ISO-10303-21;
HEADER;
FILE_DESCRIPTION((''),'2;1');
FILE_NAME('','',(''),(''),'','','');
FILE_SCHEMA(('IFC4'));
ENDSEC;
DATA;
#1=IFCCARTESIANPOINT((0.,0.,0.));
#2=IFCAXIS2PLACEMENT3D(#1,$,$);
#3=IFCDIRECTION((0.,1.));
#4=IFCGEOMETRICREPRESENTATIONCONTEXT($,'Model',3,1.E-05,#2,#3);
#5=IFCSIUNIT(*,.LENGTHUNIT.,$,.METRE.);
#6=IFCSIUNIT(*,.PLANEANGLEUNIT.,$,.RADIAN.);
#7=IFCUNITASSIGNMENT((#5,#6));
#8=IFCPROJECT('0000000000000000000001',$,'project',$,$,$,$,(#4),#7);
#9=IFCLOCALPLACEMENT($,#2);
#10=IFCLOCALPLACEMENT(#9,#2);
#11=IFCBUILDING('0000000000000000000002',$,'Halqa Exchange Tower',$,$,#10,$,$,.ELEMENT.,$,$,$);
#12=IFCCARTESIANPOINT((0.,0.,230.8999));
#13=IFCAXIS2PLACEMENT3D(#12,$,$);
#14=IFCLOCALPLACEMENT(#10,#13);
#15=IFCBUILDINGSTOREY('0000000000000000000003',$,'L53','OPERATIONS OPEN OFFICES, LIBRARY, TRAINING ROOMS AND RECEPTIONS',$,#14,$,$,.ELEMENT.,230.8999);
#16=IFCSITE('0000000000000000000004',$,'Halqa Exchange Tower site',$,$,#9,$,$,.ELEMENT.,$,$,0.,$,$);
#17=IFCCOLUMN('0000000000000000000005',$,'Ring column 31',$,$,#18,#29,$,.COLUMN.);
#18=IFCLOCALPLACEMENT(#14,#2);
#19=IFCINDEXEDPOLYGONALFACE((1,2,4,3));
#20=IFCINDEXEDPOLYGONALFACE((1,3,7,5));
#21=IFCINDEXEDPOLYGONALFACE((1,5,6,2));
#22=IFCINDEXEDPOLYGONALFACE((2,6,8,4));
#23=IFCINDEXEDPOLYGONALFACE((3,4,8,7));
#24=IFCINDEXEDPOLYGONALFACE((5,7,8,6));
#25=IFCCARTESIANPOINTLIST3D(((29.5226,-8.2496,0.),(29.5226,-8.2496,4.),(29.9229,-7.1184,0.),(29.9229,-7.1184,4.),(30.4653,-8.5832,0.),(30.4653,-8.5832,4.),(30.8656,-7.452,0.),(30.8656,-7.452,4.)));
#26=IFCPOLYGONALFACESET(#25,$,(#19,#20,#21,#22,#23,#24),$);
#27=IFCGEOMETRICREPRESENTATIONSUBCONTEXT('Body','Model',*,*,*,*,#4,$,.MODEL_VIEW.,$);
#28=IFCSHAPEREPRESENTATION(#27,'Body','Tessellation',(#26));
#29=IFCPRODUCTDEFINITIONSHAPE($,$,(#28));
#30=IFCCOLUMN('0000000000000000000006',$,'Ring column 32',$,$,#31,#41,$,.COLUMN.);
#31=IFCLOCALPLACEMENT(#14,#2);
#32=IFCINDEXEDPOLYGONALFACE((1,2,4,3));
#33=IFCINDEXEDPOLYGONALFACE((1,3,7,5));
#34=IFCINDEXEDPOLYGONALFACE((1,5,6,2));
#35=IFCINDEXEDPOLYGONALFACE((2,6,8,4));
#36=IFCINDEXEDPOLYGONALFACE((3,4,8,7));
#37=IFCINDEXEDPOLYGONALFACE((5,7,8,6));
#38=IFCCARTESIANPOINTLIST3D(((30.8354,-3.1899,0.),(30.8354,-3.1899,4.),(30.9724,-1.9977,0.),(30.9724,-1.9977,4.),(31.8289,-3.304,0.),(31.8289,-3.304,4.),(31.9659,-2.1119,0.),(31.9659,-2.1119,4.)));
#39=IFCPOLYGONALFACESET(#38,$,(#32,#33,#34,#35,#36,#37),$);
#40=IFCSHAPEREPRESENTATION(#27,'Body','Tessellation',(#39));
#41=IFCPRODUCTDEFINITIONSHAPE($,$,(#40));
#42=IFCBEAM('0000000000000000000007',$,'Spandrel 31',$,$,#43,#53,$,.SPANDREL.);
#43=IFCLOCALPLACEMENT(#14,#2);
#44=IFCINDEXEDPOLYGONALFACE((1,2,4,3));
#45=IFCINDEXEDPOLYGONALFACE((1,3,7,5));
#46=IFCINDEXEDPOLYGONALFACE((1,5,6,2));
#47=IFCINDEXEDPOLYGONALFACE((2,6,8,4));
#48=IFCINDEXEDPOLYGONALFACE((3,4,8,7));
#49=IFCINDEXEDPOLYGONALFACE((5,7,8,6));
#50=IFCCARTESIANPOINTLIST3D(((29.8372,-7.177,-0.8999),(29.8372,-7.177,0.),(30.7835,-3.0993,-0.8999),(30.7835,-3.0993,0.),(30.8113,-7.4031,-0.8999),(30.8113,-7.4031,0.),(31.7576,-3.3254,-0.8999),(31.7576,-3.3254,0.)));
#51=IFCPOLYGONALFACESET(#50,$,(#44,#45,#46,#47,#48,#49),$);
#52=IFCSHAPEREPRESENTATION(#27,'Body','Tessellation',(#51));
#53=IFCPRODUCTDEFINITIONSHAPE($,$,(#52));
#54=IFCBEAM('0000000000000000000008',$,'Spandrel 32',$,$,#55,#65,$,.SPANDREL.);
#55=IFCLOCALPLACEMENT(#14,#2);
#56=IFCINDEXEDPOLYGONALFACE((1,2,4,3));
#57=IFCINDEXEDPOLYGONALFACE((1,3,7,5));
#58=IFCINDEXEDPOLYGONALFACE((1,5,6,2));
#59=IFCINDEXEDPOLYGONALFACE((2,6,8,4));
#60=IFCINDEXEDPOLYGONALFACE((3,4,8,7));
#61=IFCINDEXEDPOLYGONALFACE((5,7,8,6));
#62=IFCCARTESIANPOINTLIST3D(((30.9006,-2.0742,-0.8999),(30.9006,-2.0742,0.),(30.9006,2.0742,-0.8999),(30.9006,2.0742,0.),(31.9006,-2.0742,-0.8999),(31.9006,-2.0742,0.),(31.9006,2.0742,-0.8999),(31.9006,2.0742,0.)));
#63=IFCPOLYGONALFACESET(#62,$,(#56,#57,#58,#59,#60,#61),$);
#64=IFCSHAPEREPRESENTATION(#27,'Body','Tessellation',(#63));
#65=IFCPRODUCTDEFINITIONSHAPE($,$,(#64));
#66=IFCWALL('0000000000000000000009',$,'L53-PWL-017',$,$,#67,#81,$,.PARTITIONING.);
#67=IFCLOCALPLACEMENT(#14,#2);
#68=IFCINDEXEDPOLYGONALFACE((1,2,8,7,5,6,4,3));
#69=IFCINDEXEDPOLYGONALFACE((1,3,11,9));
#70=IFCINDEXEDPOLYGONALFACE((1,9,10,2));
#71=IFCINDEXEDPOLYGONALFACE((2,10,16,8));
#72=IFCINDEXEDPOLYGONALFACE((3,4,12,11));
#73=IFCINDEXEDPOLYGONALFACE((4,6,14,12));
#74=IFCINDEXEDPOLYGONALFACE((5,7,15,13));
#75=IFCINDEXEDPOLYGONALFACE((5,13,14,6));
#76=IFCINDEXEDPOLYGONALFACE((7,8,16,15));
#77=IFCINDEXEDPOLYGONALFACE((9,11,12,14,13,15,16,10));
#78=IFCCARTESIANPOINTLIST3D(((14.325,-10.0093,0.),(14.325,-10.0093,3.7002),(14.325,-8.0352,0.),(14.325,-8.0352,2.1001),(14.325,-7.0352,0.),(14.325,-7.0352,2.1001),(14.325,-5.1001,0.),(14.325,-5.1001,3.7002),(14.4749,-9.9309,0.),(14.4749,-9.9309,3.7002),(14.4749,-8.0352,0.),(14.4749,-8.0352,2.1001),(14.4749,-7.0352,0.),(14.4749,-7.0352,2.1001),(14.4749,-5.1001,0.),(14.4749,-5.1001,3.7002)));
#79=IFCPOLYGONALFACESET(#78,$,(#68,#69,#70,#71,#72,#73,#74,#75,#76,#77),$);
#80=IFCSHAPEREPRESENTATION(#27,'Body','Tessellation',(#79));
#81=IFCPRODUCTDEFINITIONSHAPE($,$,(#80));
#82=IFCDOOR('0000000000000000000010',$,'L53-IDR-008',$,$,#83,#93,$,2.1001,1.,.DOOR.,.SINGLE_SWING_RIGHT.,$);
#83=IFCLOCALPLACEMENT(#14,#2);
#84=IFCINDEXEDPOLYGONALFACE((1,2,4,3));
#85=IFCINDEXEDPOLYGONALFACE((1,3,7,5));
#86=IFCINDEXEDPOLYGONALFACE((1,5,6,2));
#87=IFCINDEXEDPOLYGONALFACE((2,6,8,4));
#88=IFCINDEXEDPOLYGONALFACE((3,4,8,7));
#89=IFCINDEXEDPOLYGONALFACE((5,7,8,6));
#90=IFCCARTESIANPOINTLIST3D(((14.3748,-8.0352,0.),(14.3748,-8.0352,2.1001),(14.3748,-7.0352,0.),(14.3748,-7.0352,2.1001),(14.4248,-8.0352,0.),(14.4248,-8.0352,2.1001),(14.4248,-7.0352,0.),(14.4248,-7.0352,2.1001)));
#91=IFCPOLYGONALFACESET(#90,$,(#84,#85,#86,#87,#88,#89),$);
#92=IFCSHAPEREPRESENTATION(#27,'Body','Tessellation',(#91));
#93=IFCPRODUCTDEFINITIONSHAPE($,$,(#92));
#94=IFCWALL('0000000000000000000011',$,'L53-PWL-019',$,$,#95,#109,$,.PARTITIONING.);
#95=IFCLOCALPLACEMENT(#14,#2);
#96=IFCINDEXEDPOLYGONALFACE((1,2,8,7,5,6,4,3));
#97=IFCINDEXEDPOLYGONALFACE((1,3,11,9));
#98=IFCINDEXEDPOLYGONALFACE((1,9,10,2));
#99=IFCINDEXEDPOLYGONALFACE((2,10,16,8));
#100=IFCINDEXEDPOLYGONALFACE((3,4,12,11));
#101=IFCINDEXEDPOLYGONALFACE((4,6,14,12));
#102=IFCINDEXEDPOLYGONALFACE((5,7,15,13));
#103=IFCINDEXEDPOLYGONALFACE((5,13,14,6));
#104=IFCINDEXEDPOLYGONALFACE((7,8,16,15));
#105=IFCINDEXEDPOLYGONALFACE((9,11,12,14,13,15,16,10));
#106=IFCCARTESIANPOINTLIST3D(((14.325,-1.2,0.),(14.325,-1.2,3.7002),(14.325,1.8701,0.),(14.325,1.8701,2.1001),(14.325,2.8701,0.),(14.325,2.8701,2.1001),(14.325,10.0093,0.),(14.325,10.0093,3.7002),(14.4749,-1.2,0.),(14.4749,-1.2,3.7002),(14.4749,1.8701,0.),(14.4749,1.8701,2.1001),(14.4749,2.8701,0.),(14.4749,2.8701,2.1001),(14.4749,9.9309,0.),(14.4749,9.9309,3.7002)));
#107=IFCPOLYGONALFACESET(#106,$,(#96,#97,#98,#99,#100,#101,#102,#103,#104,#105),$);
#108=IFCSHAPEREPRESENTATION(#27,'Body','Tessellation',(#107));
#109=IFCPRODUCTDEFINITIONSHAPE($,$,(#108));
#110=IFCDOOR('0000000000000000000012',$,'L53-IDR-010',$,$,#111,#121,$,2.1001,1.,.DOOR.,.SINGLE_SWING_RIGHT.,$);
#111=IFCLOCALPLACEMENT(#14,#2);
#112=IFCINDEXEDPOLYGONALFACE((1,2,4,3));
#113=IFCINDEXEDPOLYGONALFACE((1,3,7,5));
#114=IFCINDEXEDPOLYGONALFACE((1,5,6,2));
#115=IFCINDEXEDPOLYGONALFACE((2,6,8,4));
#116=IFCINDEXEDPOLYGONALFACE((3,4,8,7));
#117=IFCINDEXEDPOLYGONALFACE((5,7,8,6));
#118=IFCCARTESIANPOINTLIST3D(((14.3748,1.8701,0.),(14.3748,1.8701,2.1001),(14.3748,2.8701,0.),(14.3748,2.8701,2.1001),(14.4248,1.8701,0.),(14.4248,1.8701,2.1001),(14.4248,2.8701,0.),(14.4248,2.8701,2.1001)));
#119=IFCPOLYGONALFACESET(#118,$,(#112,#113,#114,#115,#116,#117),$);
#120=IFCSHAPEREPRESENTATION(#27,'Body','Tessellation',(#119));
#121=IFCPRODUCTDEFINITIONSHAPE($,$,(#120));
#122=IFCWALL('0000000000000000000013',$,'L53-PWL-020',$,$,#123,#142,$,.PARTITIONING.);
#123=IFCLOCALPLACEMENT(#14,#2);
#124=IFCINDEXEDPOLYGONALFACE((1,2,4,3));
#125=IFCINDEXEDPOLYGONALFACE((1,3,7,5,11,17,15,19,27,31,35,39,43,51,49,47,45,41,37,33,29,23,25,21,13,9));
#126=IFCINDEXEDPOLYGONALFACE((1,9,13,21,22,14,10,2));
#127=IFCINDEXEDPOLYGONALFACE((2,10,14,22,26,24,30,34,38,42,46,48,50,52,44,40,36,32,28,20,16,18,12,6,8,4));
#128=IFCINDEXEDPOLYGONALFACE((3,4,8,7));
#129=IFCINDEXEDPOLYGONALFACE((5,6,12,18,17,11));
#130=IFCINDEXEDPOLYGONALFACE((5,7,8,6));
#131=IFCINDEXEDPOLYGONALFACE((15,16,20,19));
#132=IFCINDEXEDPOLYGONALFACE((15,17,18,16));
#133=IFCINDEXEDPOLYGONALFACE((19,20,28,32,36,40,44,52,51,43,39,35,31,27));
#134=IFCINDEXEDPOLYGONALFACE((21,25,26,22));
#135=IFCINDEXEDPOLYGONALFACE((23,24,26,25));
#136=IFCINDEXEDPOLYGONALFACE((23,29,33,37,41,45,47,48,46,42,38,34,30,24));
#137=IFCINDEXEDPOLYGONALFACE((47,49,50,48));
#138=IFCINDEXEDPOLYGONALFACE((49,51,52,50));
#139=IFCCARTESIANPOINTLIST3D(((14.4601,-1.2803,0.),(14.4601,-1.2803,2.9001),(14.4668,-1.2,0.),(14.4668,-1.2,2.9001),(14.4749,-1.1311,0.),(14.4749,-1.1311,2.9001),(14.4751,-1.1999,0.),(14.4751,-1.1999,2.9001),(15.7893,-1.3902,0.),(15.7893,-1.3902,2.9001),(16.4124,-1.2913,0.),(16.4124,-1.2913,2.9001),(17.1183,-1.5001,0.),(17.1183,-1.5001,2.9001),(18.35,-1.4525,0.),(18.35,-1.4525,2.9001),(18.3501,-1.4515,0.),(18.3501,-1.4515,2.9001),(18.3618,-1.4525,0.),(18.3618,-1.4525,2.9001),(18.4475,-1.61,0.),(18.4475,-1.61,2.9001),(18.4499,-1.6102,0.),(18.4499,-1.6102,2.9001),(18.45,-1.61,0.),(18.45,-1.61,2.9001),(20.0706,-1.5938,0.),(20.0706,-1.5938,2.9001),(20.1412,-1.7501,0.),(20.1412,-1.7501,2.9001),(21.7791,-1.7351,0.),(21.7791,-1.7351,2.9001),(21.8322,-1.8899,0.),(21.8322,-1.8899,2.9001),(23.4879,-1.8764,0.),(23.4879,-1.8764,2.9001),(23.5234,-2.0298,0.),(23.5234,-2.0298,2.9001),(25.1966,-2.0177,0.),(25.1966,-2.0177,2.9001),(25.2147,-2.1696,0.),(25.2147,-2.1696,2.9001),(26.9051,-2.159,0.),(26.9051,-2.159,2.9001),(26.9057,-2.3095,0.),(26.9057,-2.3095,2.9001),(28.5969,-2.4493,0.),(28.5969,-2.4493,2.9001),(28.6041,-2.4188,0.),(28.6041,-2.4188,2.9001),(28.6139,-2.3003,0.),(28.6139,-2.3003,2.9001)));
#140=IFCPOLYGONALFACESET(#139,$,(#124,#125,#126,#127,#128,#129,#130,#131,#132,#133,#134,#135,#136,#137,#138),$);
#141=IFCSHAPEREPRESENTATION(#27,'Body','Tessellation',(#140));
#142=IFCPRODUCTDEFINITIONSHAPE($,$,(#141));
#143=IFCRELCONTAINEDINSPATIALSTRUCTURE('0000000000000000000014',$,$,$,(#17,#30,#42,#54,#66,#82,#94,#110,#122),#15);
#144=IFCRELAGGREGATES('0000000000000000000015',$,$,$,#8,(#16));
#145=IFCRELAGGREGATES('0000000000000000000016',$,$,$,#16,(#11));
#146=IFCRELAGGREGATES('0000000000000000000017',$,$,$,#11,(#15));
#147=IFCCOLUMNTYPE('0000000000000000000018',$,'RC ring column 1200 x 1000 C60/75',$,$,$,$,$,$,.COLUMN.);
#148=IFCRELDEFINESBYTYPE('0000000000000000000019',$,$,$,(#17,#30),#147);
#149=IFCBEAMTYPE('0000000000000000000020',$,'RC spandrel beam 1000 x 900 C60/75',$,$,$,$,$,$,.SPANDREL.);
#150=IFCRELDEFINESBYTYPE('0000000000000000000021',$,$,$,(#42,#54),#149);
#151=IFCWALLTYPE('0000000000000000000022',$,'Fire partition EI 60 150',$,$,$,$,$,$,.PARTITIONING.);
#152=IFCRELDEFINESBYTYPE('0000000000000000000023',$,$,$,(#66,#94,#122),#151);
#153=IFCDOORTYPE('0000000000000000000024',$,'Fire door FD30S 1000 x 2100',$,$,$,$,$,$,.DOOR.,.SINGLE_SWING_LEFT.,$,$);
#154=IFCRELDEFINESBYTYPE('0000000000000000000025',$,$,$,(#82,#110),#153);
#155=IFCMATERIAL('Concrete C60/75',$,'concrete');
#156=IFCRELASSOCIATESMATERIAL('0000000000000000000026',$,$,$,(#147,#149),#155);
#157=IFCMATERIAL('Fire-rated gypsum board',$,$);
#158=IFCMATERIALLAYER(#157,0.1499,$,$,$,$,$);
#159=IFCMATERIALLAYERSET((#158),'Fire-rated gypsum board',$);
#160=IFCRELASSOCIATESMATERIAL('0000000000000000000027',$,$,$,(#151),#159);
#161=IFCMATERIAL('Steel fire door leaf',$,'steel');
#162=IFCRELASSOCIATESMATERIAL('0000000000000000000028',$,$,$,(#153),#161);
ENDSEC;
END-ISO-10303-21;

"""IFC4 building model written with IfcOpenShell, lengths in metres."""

from ifc_helpers import new_model, si_unit, direction, frame, frame_2d, origin, origin_2d, place, context, subcontext, project, spatial, polyline, rectangle, outline, extrude, material, layer, layer_set, material_profile, profile_set, type_object, element, fill, save


model = new_model("IFC4")

# Units and contexts
model_context = context("Model", 3, precision=1e-05, world=origin(), true_north=direction((0.0, 1.0)))
body_context = subcontext(model_context, "Body", "Model", "MODEL_VIEW")
ifc_project = project(units=[si_unit("LENGTHUNIT", "METRE"), si_unit("PLANEANGLEUNIT", "RADIAN")], contexts=[model_context])

# Site, building, storey
site_placement = place(None, origin())
site = spatial("IfcSite", under=ifc_project, at=site_placement, Name="Halqa Exchange Tower site", CompositionType="ELEMENT", RefElevation=0.0)
building_placement = place(site_placement, origin())
building = spatial("IfcBuilding", under=site, at=building_placement, Name="Halqa Exchange Tower", CompositionType="ELEMENT")
storey_placement = place(building_placement, frame((0.0, 0.0, 230.8999)))
storey = spatial("IfcBuildingStorey", under=building, at=storey_placement, Name="L53", Description="OPERATIONS OPEN OFFICES, LIBRARY, TRAINING ROOMS AND RECEPTIONS", CompositionType="ELEMENT", Elevation=230.8999)

# Columns
ifc_material_1 = material(Name="Concrete C60/75", Category="concrete")
ifc_material_profile_1 = material_profile(ifc_material_1, rectangle(XDim=1.2, YDim=1.0, at=origin_2d()), Name="1200 x 1000")
ifc_profile_set_1 = profile_set([ifc_material_profile_1], Name="Concrete C60/75")
column_type = type_object("IfcColumnType", Name="RC ring column 1200 x 1000 C60/75", PredefinedType="COLUMN", material=ifc_profile_set_1)
for number, where, z_axis, x_axis, name in (
    (1, (30.1941, -7.8508, 0.0), (0.0, 0.0, 1.0), (0.333631, 0.942704, 0.0), "Ring column 31"),
    (2, (31.4006, -2.6509, 0.0), (0.0, 0.0, 1.0), (0.114153, 0.993463, 0.0), "Ring column 32"),
):
    element("IfcColumn", number, at=place(storey_placement, frame(where, z_axis=z_axis, x_axis=x_axis)), inside=storey, type_object=column_type, Name=name, PredefinedType="COLUMN", context=body_context, shape_type="SweptSolid", body=[
        extrude(rectangle(XDim=1.2, YDim=1.0, at=origin_2d()), origin(), (0.0, 0.0, 1.0), 4.0),
    ])

# Beams
ifc_material_profile_2 = material_profile(ifc_material_1, rectangle(XDim=1.0, YDim=0.8999, at=origin_2d()), Name="1000 x 900")
ifc_profile_set_2 = profile_set([ifc_material_profile_2], Name="Concrete C60/75")
beam_type = type_object("IfcBeamType", Name="RC spandrel beam 1000 x 900 C60/75", PredefinedType="SPANDREL", material=ifc_profile_set_2)
beam_1_placement = place(storey_placement, frame((30.3242, -7.29, -0.45), z_axis=(0.226061, 0.974113, 0.0), x_axis=(-0.974113, 0.226061, 0.0)))
element("IfcBeam", 3, at=beam_1_placement, inside=storey, type_object=beam_type, Name="Spandrel 31", PredefinedType="SPANDREL", context=body_context, shape_type="SweptSolid", body=[
    extrude(rectangle(XDim=1.0, YDim=0.8999, at=origin_2d()), origin(), (0.0, 0.0, 1.0), 4.186),
])
beam_2_placement = place(storey_placement, frame((31.4006, -2.0742, -0.45), z_axis=(0.0, 1.0, 0.0), x_axis=(-1.0, 0.0, 0.0)))
element("IfcBeam", 4, at=beam_2_placement, inside=storey, type_object=beam_type, Name="Spandrel 32", PredefinedType="SPANDREL", context=body_context, shape_type="SweptSolid", body=[
    extrude(rectangle(XDim=1.0, YDim=0.8999, at=origin_2d()), origin(), (0.0, 0.0, 1.0), 4.1484),
])

# Shared definitions
ifc_material_2 = material(Name="Fire-rated gypsum board")
ifc_layer_1 = layer(ifc_material_2, 0.1499)
ifc_layer_set_1 = layer_set([ifc_layer_1], Name="Fire-rated gypsum board")
wall_type_1 = type_object("IfcWallType", Name="Fire partition EI 60 150", PredefinedType="PARTITIONING", material=ifc_layer_set_1)

# Walls, openings, doors
wall_1_placement = place(storey_placement, frame((14.3999, -5.1001, 0.0), z_axis=(0.0, 0.0, 1.0), x_axis=(0.0, -1.0, 0.0)))
wall_1 = element("IfcWall", 5, at=wall_1_placement, inside=storey, type_object=wall_type_1, Name="L53-PWL-017", PredefinedType="PARTITIONING", context=body_context, shape_type="SweptSolid", body=[
    extrude(outline(polyline([(4.9092, -0.075), (4.9092, -0.075), (4.8308, 0.075), (3.2205, 0.075), (1.6104, 0.075), (0.0, 0.075), (0.0, -0.075), (1.6365, -0.075), (3.2727, -0.075), (4.9092, -0.075)])), origin(), (0.0, 0.0, 1.0), 3.7002),
])
opening_1_placement = place(wall_1_placement, frame((1.9351, 0.0, 0.0)))
opening_1 = element("IfcOpeningElement", 6, at=opening_1_placement, cuts=wall_1, PredefinedType="OPENING", context=body_context, shape_type="SweptSolid", body=[
    extrude(rectangle(XDim=1.0, YDim=2.1001, at=frame_2d((0.5, 1.05))), frame((0.0, 0.0869, 0.0), z_axis=(0.0, -1.0, 0.0), x_axis=(1.0, 0.0, 0.0)), (0.0, 0.0, 1.0), 0.1738),
])
ifc_material_3 = material(Name="Steel fire door leaf", Category="steel")
door_type_1 = type_object("IfcDoorType", Name="Fire door FD30S 1000 x 2100", OperationType="SINGLE_SWING_LEFT", PredefinedType="DOOR", material=ifc_material_3)
door_1_placement = place(opening_1_placement, origin())
door_1 = element("IfcDoor", 7, at=door_1_placement, inside=storey, type_object=door_type_1, Name="L53-IDR-008", OperationType="SINGLE_SWING_RIGHT", OverallHeight=2.1001, OverallWidth=1.0, PredefinedType="DOOR", context=body_context, shape_type="SweptSolid", body=[
    extrude(rectangle(XDim=1.0, YDim=2.1001, at=frame_2d((0.5, 1.05))), frame((0.0, 0.0249, 0.0), z_axis=(0.0, -1.0, 0.0), x_axis=(1.0, 0.0, 0.0)), (0.0, 0.0, 1.0), 0.05),
])
fill(opening_1, door_1)
wall_2_placement = place(storey_placement, frame((14.3999, -1.2, 0.0), z_axis=(0.0, 0.0, 1.0), x_axis=(0.0, 1.0, 0.0)))
wall_2 = element("IfcWall", 8, at=wall_2_placement, inside=storey, type_object=wall_type_1, Name="L53-PWL-019", PredefinedType="PARTITIONING", context=body_context, shape_type="SweptSolid", body=[
    extrude(outline(polyline([(0.0, -0.075), (1.8552, -0.075), (3.7102, -0.075), (5.5654, -0.075), (7.4204, -0.075), (9.2756, -0.075), (11.1309, -0.075), (11.2092, 0.075), (11.2092, 0.075), (9.3411, 0.075), (7.4729, 0.075), (5.6045, 0.075), (3.7363, 0.075), (1.8682, 0.075), (0.0, 0.075), (0.0, -0.075)])), origin(), (0.0, 0.0, 1.0), 3.7002),
])
opening_2_placement = place(wall_2_placement, frame((3.0701, 0.0, 0.0)))
opening_2 = element("IfcOpeningElement", 9, at=opening_2_placement, cuts=wall_2, PredefinedType="OPENING", context=body_context, shape_type="SweptSolid", body=[
    extrude(rectangle(XDim=1.0, YDim=2.1001, at=frame_2d((0.5, 1.05))), frame((0.0, 0.0869, 0.0), z_axis=(0.0, -1.0, 0.0), x_axis=(1.0, 0.0, 0.0)), (0.0, 0.0, 1.0), 0.1738),
])
door_2_placement = place(opening_2_placement, frame((1.0, 0.0, 0.0), z_axis=(0.0, 0.0, 1.0), x_axis=(-1.0, 0.0, 0.0)))
door_2 = element("IfcDoor", 10, at=door_2_placement, inside=storey, type_object=door_type_1, Name="L53-IDR-010", OperationType="SINGLE_SWING_RIGHT", OverallHeight=2.1001, OverallWidth=1.0, PredefinedType="DOOR", context=body_context, shape_type="SweptSolid", body=[
    extrude(rectangle(XDim=1.0, YDim=2.1001, at=frame_2d((0.5, 1.05))), frame((0.0, 0.0249, 0.0), z_axis=(0.0, -1.0, 0.0), x_axis=(1.0, 0.0, 0.0)), (0.0, 0.0, 1.0), 0.05),
])
fill(opening_2, door_2)

# Wall
wall_3_placement = place(storey_placement, frame((14.4663, -1.2056, 0.0), z_axis=(0.0, 0.0, 1.0), x_axis=(0.996598, -0.082415, 0.0)))
element("IfcWall", 11, at=wall_3_placement, inside=storey, type_object=wall_type_1, Name="L53-PWL-020", PredefinedType="PARTITIONING", context=body_context, shape_type="SweptSolid", body=[
    extrude(outline(polyline([(0.0, -0.075), (1.3337, -0.075), (2.6672, -0.075), (4.001, -0.075), (4.0034, -0.0747), (4.0034, -0.075), (5.7004, -0.075), (7.3972, -0.075), (9.0942, -0.075), (10.7913, -0.075), (12.488, -0.075), (14.1851, -0.075), (14.1897, -0.0439), (14.1897, 0.075), (12.4751, 0.075), (10.7607, 0.075), (9.0461, 0.075), (7.3315, 0.075), (5.6172, 0.075), (3.9026, 0.075), (3.8909, 0.074), (3.8909, 0.075), (1.9465, 0.075), (0.0024, 0.075), (0.0083, 0.0063), (0.0, 0.0056), (0.0, -0.075)])), origin(), (0.0, 0.0, 1.0), 2.9001),
])

save(model, "model.ifc")
